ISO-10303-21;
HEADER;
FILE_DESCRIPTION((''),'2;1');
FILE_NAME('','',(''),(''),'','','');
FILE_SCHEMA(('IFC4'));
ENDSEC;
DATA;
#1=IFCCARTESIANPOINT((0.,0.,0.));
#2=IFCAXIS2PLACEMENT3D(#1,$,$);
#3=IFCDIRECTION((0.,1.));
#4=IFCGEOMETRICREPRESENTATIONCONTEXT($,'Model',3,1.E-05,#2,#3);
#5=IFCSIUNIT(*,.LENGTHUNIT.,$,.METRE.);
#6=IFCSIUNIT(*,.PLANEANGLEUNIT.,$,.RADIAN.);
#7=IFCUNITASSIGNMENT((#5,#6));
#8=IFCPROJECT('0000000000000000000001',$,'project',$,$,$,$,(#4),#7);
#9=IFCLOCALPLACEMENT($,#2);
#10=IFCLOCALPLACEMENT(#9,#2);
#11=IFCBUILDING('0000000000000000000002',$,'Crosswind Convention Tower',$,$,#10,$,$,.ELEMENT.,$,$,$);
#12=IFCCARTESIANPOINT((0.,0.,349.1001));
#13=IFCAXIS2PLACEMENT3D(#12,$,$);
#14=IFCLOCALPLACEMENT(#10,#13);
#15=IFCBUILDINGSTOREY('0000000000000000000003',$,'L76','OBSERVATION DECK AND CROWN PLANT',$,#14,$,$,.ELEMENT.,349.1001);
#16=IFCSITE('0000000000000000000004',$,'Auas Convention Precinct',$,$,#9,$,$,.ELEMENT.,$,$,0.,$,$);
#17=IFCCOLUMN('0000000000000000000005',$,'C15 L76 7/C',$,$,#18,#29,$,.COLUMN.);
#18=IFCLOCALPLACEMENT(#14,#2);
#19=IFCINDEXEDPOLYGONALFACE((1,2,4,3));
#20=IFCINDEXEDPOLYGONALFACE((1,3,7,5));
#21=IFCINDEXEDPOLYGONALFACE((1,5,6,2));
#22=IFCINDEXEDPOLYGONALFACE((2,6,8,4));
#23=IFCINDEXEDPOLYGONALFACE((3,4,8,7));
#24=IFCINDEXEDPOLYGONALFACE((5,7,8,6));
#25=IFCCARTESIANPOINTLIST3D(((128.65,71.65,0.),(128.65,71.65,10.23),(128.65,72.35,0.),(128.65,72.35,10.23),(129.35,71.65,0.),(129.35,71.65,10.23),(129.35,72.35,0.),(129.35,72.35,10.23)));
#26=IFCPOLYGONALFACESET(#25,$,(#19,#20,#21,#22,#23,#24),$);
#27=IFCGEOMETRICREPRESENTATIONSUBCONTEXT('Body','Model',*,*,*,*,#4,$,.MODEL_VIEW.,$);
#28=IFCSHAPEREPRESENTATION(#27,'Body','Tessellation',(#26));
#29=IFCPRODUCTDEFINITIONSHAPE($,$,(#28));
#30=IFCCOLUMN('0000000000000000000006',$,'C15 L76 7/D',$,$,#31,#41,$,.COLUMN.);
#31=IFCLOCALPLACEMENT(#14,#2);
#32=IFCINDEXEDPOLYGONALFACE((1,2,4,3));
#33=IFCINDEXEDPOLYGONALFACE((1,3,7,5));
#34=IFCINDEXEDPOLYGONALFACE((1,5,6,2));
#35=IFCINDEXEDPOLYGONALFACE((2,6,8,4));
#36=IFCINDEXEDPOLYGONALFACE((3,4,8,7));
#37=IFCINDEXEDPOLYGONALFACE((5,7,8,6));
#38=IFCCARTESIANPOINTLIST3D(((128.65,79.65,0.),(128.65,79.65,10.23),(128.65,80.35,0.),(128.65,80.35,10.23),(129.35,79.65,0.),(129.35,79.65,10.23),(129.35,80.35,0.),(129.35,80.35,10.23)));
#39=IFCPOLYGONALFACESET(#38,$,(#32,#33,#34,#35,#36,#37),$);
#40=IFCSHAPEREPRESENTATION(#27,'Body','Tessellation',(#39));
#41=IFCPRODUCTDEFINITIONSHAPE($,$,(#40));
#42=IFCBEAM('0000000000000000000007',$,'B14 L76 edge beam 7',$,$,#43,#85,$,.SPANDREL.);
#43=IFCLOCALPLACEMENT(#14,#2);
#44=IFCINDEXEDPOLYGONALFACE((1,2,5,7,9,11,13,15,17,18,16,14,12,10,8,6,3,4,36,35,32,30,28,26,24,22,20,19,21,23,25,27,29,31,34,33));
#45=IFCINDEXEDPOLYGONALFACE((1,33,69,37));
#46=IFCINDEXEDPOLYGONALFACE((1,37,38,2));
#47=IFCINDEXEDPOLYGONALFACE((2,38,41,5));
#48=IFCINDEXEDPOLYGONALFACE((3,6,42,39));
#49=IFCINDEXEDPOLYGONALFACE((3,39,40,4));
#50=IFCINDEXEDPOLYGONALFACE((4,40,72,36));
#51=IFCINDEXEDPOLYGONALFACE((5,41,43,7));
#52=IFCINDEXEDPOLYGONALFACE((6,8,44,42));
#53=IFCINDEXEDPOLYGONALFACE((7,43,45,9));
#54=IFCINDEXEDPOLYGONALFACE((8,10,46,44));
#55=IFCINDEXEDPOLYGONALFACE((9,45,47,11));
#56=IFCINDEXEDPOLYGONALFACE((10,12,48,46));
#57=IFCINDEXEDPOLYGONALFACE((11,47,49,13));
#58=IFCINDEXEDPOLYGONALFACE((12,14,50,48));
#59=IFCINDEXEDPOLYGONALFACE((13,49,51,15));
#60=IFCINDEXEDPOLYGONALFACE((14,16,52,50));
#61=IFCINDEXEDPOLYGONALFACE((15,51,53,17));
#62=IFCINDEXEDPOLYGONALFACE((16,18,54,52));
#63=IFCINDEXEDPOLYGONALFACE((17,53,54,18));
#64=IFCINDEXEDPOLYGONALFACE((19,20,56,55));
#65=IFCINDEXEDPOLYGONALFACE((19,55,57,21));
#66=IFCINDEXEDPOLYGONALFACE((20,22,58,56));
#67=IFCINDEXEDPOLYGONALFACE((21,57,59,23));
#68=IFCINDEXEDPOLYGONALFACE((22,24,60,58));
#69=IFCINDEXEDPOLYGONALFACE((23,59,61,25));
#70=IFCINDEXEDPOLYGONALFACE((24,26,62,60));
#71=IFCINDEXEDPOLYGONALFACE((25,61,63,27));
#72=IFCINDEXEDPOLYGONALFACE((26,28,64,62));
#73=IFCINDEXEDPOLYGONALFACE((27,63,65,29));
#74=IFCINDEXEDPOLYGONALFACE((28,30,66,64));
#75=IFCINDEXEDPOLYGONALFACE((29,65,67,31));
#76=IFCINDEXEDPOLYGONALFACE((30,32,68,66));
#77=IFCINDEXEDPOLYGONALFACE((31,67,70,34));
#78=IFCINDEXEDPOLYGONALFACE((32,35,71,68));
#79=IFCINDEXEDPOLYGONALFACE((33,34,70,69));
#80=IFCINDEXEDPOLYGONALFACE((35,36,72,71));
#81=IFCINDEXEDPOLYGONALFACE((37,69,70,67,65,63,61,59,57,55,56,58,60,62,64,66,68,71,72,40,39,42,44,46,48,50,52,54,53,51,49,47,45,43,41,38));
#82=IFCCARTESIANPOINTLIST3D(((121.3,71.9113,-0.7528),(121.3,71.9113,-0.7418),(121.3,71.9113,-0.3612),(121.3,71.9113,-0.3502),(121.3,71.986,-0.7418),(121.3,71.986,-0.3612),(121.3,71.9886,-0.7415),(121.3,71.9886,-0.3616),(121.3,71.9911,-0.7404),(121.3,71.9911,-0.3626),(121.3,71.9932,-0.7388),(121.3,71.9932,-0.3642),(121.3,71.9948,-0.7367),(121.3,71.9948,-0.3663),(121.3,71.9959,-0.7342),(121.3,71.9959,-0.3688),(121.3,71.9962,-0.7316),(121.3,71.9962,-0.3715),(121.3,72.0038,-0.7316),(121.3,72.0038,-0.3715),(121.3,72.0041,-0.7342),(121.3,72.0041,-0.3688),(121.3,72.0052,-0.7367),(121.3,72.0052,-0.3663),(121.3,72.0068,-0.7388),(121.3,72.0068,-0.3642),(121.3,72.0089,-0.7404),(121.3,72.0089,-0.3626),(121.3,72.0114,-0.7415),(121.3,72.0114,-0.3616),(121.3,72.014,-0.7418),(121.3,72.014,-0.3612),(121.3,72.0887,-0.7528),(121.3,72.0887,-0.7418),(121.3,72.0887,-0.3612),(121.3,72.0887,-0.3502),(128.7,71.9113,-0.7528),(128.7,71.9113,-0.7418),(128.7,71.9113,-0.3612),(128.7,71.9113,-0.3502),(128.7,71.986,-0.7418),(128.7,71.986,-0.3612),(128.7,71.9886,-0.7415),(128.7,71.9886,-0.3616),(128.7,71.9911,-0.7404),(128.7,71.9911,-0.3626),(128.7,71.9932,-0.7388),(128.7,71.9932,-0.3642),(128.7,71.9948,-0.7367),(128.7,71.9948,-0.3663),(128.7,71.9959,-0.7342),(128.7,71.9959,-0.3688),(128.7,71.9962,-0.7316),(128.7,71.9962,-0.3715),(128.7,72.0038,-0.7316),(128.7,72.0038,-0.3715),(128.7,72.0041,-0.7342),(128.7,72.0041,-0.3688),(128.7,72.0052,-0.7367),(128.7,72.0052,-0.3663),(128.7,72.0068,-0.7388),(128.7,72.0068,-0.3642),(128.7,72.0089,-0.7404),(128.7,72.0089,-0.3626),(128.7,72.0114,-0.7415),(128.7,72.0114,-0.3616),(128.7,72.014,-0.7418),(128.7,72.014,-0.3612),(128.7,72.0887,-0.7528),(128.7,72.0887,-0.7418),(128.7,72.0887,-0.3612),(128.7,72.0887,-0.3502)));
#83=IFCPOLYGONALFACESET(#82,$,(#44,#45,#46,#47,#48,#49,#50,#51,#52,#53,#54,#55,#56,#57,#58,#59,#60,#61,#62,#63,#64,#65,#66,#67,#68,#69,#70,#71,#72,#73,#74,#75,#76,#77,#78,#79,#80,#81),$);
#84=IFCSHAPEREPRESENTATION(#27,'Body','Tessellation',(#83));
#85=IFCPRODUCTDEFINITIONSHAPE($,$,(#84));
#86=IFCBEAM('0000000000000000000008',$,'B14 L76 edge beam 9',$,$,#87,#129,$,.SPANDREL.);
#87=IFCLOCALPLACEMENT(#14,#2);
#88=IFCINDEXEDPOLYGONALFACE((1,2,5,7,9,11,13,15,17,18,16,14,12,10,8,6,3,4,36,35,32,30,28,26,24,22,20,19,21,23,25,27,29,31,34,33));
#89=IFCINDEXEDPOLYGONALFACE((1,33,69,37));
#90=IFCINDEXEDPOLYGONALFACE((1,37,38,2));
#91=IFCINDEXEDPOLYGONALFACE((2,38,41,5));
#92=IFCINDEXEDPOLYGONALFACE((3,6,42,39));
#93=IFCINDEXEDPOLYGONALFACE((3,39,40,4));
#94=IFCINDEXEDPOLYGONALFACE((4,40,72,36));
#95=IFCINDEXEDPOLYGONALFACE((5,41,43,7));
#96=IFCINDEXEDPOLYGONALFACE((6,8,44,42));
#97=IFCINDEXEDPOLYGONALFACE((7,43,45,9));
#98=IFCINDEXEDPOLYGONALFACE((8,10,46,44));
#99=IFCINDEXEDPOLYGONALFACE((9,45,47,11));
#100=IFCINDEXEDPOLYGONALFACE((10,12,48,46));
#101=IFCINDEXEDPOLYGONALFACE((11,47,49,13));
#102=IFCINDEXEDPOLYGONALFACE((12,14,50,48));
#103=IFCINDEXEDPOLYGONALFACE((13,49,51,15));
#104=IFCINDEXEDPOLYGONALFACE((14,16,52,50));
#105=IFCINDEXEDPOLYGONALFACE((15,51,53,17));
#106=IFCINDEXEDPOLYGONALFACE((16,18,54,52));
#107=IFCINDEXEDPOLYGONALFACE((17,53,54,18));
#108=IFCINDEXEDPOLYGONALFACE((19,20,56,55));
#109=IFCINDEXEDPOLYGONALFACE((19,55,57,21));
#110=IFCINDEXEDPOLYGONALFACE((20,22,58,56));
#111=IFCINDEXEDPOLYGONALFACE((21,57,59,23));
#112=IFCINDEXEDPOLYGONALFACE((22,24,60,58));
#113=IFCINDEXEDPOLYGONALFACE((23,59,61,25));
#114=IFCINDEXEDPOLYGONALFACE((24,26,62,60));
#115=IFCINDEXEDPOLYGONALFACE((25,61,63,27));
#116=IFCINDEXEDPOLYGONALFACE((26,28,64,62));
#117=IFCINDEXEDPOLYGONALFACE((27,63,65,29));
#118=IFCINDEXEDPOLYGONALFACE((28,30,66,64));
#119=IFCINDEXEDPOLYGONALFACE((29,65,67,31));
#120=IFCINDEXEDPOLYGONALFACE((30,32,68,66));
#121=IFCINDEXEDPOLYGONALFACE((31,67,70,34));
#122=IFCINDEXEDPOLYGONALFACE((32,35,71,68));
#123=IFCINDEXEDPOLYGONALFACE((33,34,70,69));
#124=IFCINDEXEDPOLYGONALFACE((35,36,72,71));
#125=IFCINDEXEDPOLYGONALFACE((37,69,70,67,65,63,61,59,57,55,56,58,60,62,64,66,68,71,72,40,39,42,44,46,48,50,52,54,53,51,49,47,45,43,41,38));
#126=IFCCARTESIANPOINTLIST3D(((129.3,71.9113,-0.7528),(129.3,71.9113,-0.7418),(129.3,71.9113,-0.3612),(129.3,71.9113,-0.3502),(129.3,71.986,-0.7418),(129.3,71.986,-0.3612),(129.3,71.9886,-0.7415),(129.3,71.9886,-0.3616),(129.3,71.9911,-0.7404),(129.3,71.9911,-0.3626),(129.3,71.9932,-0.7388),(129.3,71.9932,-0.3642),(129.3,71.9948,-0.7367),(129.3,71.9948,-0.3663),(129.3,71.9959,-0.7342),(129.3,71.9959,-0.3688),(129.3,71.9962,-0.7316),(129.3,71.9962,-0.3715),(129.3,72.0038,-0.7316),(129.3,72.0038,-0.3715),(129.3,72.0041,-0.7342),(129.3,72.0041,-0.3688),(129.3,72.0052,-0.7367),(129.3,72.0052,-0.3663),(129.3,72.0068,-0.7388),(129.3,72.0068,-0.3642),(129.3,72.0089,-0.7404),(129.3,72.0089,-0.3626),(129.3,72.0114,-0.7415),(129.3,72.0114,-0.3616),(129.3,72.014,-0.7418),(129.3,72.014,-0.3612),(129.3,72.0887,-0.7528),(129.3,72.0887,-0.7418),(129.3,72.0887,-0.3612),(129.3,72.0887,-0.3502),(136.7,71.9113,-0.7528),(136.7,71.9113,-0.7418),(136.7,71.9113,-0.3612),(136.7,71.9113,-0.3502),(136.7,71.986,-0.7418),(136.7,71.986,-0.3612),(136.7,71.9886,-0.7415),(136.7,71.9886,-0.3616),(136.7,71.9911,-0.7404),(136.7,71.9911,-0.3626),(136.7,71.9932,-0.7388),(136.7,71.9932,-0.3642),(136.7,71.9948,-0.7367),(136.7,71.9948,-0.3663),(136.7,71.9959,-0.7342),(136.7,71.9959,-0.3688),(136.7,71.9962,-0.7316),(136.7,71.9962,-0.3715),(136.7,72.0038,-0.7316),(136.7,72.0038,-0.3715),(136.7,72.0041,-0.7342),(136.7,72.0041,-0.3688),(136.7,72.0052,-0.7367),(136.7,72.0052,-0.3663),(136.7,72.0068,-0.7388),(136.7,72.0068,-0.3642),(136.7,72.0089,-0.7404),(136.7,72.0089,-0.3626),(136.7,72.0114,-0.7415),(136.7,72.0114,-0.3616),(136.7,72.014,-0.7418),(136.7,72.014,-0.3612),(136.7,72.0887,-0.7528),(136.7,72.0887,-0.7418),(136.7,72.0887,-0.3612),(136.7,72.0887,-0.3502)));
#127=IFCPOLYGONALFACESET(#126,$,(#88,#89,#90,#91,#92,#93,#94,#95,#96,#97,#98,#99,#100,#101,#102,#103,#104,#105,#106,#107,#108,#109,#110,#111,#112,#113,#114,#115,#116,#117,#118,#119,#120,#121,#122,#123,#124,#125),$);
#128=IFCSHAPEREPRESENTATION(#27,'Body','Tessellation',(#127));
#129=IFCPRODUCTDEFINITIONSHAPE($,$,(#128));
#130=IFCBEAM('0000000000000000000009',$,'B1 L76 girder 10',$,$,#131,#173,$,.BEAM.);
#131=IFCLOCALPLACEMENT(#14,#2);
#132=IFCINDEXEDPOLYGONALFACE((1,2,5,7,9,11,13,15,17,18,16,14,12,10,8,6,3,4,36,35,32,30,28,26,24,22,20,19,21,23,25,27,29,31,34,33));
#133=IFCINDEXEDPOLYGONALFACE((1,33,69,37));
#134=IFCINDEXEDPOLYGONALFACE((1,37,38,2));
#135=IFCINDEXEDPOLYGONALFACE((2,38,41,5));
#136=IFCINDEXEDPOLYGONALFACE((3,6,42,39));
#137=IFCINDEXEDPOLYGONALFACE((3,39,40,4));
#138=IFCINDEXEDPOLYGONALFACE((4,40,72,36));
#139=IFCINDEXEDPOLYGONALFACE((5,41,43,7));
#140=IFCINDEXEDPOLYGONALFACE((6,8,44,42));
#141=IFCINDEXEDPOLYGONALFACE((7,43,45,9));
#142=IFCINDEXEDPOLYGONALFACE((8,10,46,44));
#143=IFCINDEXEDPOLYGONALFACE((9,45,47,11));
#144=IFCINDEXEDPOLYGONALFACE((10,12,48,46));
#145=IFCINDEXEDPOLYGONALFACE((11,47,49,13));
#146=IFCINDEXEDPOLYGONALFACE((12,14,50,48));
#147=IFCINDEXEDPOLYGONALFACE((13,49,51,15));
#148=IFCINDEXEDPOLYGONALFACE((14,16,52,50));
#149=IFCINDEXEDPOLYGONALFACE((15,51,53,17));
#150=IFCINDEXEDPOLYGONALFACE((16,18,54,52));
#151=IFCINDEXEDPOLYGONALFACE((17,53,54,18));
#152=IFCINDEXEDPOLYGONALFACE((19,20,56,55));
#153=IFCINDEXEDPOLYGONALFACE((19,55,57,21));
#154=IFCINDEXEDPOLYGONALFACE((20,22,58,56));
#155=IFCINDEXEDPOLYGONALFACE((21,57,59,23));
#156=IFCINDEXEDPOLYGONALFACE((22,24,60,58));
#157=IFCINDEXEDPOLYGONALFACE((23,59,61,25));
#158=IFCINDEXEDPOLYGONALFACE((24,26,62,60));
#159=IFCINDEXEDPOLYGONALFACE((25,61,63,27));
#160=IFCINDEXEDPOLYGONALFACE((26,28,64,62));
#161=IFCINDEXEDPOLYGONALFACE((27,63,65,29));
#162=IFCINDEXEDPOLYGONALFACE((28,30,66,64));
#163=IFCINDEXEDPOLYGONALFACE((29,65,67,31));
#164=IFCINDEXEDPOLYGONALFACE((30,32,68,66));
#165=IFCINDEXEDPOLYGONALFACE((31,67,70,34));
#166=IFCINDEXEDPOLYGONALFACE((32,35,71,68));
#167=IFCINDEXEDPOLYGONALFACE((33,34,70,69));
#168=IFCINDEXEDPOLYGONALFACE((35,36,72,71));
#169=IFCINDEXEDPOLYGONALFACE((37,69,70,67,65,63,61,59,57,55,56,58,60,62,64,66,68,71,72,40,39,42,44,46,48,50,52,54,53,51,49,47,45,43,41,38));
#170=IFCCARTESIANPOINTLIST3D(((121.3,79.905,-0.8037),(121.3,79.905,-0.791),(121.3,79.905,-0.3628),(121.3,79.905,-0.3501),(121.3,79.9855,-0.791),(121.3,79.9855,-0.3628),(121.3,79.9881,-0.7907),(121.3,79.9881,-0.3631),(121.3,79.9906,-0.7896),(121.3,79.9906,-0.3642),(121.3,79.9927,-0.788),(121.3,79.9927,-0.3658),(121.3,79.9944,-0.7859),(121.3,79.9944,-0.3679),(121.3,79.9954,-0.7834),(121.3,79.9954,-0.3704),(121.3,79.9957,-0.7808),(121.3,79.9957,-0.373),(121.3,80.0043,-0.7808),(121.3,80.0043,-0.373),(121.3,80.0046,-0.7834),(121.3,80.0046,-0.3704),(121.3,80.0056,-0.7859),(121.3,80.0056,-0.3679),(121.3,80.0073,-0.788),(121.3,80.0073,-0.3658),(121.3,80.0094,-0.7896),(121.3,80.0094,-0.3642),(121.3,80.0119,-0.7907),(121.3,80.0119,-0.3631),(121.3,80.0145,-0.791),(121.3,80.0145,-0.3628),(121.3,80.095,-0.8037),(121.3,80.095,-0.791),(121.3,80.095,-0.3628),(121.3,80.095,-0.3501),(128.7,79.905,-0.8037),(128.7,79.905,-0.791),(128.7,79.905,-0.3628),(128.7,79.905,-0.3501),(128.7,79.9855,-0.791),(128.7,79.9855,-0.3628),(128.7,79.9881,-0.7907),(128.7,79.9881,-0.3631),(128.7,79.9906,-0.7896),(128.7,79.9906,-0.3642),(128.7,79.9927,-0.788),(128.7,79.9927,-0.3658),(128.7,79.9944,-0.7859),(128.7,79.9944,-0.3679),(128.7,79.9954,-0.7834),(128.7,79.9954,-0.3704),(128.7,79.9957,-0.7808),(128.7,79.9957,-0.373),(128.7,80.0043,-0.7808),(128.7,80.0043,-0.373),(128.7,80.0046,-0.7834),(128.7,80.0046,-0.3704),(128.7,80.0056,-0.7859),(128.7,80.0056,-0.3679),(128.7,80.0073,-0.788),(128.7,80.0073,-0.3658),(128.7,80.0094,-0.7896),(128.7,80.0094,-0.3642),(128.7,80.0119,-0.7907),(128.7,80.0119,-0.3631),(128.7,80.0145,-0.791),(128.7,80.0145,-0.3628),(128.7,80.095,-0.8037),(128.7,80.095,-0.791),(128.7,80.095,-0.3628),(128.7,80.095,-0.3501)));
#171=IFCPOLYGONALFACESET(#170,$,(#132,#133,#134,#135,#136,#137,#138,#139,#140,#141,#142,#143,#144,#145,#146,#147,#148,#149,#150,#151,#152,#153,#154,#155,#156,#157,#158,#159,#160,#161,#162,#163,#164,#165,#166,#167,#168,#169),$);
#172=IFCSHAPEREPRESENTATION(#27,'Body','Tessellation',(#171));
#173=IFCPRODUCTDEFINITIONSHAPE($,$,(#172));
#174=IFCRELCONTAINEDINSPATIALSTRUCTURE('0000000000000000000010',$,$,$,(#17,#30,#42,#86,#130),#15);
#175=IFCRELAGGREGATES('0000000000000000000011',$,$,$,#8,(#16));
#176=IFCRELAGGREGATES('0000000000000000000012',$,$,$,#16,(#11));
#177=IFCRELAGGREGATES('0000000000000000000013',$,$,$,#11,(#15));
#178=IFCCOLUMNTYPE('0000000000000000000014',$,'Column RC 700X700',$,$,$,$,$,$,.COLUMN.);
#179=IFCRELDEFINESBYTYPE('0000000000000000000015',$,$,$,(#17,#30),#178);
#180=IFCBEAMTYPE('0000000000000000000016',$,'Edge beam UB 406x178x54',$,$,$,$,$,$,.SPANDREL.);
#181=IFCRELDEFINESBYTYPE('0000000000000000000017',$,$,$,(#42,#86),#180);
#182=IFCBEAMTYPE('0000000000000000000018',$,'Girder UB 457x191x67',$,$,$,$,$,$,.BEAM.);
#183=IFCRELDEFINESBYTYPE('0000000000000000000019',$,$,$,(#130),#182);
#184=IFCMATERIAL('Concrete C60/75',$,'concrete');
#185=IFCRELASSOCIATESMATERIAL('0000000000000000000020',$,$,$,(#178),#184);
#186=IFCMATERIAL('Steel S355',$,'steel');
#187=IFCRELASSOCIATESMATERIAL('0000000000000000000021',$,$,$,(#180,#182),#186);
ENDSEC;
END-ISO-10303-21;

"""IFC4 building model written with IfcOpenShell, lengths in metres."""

from ifc_helpers import new_model, si_unit, direction, frame, origin, origin_2d, place, context, subcontext, project, spatial, rectangle, i_section, extrude, material, material_profile, profile_set, type_object, element, save


model = new_model("IFC4")

# Units and contexts
model_context = context("Model", 3, precision=1e-05, world=origin(), true_north=direction((0.0, 1.0)))
body_context = subcontext(model_context, "Body", "Model", "MODEL_VIEW")
ifc_project = project(units=[si_unit("LENGTHUNIT", "METRE"), si_unit("PLANEANGLEUNIT", "RADIAN")], contexts=[model_context])

# Site, building, storey
site_placement = place(None, origin())
site = spatial("IfcSite", under=ifc_project, at=site_placement, Name="Auas Convention Precinct", CompositionType="ELEMENT", RefElevation=0.0)
building_placement = place(site_placement, origin())
building = spatial("IfcBuilding", under=site, at=building_placement, Name="Crosswind Convention Tower", CompositionType="ELEMENT")
storey_placement = place(building_placement, frame((0.0, 0.0, 349.1001)))
storey = spatial("IfcBuildingStorey", under=building, at=storey_placement, Name="L76", Description="OBSERVATION DECK AND CROWN PLANT", CompositionType="ELEMENT", Elevation=349.1001)

# Columns
ifc_material_1 = material(Name="Concrete C60/75", Category="concrete")
ifc_material_profile_1 = material_profile(ifc_material_1, rectangle(XDim=0.7, YDim=0.7, at=origin_2d()), Name="RC 700X700")
ifc_profile_set_1 = profile_set([ifc_material_profile_1], Name="Concrete C60/75")
column_type = type_object("IfcColumnType", Name="Column RC 700X700", PredefinedType="COLUMN", material=ifc_profile_set_1)
for number, where, z_axis, x_axis, name in (
    (1, (129.0, 72.0, 0.0), (0.0, 0.0, 1.0), (1.0, 0.0, 0.0), "C15 L76 7/C"),
    (2, (129.0, 80.0, 0.0), (0.0, 0.0, 1.0), (1.0, 0.0, 0.0), "C15 L76 7/D"),
):
    element("IfcColumn", number, at=place(storey_placement, frame(where, z_axis=z_axis, x_axis=x_axis)), inside=storey, type_object=column_type, Name=name, PredefinedType="COLUMN", context=body_context, shape_type="SweptSolid", body=[
        extrude(rectangle(XDim=0.7, YDim=0.7, at=origin_2d()), origin(), (0.0, 0.0, 1.0), 10.23),
    ])

# Beams
ifc_material_2 = material(Name="Steel S355", Category="steel")
ifc_material_profile_2 = material_profile(ifc_material_2, i_section(OverallWidth=0.1775, OverallDepth=0.4026, WebThickness=0.0076, FlangeThickness=0.011, FilletRadius=0.0103, at=origin_2d()), Name="UB 406x178x54")
ifc_profile_set_2 = profile_set([ifc_material_profile_2], Name="Steel S355")
beam_type_1 = type_object("IfcBeamType", Name="Edge beam UB 406x178x54", PredefinedType="SPANDREL", material=ifc_profile_set_2)
for number, where, z_axis, x_axis, name in (
    (3, (121.3, 72.0, -0.5515), (1.0, 0.0, 0.0), (0.0, 1.0, 0.0), "B14 L76 edge beam 7"),
    (4, (129.3, 72.0, -0.5515), (1.0, 0.0, 0.0), (0.0, 1.0, 0.0), "B14 L76 edge beam 9"),
):
    element("IfcBeam", number, at=place(storey_placement, frame(where, z_axis=z_axis, x_axis=x_axis)), inside=storey, type_object=beam_type_1, Name=name, PredefinedType="SPANDREL", context=body_context, shape_type="SweptSolid", body=[
        extrude(i_section(OverallWidth=0.1775, OverallDepth=0.4026, WebThickness=0.0076, FlangeThickness=0.011, FilletRadius=0.0103, at=origin_2d()), origin(), (0.0, 0.0, 1.0), 7.3999),
    ])
ifc_material_profile_3 = material_profile(ifc_material_2, i_section(OverallWidth=0.1899, OverallDepth=0.4536, WebThickness=0.0085, FlangeThickness=0.0127, FilletRadius=0.0103, at=origin_2d()), Name="UB 457x191x67")
ifc_profile_set_3 = profile_set([ifc_material_profile_3], Name="Steel S355")
beam_type_2 = type_object("IfcBeamType", Name="Girder UB 457x191x67", PredefinedType="BEAM", material=ifc_profile_set_3)
for number, where, z_axis, x_axis, name in (
    (5, (121.3, 80.0, -0.5769), (1.0, 0.0, 0.0), (0.0, 1.0, 0.0), "B1 L76 girder 10"),
):
    element("IfcBeam", number, at=place(storey_placement, frame(where, z_axis=z_axis, x_axis=x_axis)), inside=storey, type_object=beam_type_2, Name=name, PredefinedType="BEAM", context=body_context, shape_type="SweptSolid", body=[
        extrude(i_section(OverallWidth=0.1899, OverallDepth=0.4536, WebThickness=0.0085, FlangeThickness=0.0127, FilletRadius=0.0103, at=origin_2d()), origin(), (0.0, 0.0, 1.0), 7.3999),
    ])

save(model, "model.ifc")
